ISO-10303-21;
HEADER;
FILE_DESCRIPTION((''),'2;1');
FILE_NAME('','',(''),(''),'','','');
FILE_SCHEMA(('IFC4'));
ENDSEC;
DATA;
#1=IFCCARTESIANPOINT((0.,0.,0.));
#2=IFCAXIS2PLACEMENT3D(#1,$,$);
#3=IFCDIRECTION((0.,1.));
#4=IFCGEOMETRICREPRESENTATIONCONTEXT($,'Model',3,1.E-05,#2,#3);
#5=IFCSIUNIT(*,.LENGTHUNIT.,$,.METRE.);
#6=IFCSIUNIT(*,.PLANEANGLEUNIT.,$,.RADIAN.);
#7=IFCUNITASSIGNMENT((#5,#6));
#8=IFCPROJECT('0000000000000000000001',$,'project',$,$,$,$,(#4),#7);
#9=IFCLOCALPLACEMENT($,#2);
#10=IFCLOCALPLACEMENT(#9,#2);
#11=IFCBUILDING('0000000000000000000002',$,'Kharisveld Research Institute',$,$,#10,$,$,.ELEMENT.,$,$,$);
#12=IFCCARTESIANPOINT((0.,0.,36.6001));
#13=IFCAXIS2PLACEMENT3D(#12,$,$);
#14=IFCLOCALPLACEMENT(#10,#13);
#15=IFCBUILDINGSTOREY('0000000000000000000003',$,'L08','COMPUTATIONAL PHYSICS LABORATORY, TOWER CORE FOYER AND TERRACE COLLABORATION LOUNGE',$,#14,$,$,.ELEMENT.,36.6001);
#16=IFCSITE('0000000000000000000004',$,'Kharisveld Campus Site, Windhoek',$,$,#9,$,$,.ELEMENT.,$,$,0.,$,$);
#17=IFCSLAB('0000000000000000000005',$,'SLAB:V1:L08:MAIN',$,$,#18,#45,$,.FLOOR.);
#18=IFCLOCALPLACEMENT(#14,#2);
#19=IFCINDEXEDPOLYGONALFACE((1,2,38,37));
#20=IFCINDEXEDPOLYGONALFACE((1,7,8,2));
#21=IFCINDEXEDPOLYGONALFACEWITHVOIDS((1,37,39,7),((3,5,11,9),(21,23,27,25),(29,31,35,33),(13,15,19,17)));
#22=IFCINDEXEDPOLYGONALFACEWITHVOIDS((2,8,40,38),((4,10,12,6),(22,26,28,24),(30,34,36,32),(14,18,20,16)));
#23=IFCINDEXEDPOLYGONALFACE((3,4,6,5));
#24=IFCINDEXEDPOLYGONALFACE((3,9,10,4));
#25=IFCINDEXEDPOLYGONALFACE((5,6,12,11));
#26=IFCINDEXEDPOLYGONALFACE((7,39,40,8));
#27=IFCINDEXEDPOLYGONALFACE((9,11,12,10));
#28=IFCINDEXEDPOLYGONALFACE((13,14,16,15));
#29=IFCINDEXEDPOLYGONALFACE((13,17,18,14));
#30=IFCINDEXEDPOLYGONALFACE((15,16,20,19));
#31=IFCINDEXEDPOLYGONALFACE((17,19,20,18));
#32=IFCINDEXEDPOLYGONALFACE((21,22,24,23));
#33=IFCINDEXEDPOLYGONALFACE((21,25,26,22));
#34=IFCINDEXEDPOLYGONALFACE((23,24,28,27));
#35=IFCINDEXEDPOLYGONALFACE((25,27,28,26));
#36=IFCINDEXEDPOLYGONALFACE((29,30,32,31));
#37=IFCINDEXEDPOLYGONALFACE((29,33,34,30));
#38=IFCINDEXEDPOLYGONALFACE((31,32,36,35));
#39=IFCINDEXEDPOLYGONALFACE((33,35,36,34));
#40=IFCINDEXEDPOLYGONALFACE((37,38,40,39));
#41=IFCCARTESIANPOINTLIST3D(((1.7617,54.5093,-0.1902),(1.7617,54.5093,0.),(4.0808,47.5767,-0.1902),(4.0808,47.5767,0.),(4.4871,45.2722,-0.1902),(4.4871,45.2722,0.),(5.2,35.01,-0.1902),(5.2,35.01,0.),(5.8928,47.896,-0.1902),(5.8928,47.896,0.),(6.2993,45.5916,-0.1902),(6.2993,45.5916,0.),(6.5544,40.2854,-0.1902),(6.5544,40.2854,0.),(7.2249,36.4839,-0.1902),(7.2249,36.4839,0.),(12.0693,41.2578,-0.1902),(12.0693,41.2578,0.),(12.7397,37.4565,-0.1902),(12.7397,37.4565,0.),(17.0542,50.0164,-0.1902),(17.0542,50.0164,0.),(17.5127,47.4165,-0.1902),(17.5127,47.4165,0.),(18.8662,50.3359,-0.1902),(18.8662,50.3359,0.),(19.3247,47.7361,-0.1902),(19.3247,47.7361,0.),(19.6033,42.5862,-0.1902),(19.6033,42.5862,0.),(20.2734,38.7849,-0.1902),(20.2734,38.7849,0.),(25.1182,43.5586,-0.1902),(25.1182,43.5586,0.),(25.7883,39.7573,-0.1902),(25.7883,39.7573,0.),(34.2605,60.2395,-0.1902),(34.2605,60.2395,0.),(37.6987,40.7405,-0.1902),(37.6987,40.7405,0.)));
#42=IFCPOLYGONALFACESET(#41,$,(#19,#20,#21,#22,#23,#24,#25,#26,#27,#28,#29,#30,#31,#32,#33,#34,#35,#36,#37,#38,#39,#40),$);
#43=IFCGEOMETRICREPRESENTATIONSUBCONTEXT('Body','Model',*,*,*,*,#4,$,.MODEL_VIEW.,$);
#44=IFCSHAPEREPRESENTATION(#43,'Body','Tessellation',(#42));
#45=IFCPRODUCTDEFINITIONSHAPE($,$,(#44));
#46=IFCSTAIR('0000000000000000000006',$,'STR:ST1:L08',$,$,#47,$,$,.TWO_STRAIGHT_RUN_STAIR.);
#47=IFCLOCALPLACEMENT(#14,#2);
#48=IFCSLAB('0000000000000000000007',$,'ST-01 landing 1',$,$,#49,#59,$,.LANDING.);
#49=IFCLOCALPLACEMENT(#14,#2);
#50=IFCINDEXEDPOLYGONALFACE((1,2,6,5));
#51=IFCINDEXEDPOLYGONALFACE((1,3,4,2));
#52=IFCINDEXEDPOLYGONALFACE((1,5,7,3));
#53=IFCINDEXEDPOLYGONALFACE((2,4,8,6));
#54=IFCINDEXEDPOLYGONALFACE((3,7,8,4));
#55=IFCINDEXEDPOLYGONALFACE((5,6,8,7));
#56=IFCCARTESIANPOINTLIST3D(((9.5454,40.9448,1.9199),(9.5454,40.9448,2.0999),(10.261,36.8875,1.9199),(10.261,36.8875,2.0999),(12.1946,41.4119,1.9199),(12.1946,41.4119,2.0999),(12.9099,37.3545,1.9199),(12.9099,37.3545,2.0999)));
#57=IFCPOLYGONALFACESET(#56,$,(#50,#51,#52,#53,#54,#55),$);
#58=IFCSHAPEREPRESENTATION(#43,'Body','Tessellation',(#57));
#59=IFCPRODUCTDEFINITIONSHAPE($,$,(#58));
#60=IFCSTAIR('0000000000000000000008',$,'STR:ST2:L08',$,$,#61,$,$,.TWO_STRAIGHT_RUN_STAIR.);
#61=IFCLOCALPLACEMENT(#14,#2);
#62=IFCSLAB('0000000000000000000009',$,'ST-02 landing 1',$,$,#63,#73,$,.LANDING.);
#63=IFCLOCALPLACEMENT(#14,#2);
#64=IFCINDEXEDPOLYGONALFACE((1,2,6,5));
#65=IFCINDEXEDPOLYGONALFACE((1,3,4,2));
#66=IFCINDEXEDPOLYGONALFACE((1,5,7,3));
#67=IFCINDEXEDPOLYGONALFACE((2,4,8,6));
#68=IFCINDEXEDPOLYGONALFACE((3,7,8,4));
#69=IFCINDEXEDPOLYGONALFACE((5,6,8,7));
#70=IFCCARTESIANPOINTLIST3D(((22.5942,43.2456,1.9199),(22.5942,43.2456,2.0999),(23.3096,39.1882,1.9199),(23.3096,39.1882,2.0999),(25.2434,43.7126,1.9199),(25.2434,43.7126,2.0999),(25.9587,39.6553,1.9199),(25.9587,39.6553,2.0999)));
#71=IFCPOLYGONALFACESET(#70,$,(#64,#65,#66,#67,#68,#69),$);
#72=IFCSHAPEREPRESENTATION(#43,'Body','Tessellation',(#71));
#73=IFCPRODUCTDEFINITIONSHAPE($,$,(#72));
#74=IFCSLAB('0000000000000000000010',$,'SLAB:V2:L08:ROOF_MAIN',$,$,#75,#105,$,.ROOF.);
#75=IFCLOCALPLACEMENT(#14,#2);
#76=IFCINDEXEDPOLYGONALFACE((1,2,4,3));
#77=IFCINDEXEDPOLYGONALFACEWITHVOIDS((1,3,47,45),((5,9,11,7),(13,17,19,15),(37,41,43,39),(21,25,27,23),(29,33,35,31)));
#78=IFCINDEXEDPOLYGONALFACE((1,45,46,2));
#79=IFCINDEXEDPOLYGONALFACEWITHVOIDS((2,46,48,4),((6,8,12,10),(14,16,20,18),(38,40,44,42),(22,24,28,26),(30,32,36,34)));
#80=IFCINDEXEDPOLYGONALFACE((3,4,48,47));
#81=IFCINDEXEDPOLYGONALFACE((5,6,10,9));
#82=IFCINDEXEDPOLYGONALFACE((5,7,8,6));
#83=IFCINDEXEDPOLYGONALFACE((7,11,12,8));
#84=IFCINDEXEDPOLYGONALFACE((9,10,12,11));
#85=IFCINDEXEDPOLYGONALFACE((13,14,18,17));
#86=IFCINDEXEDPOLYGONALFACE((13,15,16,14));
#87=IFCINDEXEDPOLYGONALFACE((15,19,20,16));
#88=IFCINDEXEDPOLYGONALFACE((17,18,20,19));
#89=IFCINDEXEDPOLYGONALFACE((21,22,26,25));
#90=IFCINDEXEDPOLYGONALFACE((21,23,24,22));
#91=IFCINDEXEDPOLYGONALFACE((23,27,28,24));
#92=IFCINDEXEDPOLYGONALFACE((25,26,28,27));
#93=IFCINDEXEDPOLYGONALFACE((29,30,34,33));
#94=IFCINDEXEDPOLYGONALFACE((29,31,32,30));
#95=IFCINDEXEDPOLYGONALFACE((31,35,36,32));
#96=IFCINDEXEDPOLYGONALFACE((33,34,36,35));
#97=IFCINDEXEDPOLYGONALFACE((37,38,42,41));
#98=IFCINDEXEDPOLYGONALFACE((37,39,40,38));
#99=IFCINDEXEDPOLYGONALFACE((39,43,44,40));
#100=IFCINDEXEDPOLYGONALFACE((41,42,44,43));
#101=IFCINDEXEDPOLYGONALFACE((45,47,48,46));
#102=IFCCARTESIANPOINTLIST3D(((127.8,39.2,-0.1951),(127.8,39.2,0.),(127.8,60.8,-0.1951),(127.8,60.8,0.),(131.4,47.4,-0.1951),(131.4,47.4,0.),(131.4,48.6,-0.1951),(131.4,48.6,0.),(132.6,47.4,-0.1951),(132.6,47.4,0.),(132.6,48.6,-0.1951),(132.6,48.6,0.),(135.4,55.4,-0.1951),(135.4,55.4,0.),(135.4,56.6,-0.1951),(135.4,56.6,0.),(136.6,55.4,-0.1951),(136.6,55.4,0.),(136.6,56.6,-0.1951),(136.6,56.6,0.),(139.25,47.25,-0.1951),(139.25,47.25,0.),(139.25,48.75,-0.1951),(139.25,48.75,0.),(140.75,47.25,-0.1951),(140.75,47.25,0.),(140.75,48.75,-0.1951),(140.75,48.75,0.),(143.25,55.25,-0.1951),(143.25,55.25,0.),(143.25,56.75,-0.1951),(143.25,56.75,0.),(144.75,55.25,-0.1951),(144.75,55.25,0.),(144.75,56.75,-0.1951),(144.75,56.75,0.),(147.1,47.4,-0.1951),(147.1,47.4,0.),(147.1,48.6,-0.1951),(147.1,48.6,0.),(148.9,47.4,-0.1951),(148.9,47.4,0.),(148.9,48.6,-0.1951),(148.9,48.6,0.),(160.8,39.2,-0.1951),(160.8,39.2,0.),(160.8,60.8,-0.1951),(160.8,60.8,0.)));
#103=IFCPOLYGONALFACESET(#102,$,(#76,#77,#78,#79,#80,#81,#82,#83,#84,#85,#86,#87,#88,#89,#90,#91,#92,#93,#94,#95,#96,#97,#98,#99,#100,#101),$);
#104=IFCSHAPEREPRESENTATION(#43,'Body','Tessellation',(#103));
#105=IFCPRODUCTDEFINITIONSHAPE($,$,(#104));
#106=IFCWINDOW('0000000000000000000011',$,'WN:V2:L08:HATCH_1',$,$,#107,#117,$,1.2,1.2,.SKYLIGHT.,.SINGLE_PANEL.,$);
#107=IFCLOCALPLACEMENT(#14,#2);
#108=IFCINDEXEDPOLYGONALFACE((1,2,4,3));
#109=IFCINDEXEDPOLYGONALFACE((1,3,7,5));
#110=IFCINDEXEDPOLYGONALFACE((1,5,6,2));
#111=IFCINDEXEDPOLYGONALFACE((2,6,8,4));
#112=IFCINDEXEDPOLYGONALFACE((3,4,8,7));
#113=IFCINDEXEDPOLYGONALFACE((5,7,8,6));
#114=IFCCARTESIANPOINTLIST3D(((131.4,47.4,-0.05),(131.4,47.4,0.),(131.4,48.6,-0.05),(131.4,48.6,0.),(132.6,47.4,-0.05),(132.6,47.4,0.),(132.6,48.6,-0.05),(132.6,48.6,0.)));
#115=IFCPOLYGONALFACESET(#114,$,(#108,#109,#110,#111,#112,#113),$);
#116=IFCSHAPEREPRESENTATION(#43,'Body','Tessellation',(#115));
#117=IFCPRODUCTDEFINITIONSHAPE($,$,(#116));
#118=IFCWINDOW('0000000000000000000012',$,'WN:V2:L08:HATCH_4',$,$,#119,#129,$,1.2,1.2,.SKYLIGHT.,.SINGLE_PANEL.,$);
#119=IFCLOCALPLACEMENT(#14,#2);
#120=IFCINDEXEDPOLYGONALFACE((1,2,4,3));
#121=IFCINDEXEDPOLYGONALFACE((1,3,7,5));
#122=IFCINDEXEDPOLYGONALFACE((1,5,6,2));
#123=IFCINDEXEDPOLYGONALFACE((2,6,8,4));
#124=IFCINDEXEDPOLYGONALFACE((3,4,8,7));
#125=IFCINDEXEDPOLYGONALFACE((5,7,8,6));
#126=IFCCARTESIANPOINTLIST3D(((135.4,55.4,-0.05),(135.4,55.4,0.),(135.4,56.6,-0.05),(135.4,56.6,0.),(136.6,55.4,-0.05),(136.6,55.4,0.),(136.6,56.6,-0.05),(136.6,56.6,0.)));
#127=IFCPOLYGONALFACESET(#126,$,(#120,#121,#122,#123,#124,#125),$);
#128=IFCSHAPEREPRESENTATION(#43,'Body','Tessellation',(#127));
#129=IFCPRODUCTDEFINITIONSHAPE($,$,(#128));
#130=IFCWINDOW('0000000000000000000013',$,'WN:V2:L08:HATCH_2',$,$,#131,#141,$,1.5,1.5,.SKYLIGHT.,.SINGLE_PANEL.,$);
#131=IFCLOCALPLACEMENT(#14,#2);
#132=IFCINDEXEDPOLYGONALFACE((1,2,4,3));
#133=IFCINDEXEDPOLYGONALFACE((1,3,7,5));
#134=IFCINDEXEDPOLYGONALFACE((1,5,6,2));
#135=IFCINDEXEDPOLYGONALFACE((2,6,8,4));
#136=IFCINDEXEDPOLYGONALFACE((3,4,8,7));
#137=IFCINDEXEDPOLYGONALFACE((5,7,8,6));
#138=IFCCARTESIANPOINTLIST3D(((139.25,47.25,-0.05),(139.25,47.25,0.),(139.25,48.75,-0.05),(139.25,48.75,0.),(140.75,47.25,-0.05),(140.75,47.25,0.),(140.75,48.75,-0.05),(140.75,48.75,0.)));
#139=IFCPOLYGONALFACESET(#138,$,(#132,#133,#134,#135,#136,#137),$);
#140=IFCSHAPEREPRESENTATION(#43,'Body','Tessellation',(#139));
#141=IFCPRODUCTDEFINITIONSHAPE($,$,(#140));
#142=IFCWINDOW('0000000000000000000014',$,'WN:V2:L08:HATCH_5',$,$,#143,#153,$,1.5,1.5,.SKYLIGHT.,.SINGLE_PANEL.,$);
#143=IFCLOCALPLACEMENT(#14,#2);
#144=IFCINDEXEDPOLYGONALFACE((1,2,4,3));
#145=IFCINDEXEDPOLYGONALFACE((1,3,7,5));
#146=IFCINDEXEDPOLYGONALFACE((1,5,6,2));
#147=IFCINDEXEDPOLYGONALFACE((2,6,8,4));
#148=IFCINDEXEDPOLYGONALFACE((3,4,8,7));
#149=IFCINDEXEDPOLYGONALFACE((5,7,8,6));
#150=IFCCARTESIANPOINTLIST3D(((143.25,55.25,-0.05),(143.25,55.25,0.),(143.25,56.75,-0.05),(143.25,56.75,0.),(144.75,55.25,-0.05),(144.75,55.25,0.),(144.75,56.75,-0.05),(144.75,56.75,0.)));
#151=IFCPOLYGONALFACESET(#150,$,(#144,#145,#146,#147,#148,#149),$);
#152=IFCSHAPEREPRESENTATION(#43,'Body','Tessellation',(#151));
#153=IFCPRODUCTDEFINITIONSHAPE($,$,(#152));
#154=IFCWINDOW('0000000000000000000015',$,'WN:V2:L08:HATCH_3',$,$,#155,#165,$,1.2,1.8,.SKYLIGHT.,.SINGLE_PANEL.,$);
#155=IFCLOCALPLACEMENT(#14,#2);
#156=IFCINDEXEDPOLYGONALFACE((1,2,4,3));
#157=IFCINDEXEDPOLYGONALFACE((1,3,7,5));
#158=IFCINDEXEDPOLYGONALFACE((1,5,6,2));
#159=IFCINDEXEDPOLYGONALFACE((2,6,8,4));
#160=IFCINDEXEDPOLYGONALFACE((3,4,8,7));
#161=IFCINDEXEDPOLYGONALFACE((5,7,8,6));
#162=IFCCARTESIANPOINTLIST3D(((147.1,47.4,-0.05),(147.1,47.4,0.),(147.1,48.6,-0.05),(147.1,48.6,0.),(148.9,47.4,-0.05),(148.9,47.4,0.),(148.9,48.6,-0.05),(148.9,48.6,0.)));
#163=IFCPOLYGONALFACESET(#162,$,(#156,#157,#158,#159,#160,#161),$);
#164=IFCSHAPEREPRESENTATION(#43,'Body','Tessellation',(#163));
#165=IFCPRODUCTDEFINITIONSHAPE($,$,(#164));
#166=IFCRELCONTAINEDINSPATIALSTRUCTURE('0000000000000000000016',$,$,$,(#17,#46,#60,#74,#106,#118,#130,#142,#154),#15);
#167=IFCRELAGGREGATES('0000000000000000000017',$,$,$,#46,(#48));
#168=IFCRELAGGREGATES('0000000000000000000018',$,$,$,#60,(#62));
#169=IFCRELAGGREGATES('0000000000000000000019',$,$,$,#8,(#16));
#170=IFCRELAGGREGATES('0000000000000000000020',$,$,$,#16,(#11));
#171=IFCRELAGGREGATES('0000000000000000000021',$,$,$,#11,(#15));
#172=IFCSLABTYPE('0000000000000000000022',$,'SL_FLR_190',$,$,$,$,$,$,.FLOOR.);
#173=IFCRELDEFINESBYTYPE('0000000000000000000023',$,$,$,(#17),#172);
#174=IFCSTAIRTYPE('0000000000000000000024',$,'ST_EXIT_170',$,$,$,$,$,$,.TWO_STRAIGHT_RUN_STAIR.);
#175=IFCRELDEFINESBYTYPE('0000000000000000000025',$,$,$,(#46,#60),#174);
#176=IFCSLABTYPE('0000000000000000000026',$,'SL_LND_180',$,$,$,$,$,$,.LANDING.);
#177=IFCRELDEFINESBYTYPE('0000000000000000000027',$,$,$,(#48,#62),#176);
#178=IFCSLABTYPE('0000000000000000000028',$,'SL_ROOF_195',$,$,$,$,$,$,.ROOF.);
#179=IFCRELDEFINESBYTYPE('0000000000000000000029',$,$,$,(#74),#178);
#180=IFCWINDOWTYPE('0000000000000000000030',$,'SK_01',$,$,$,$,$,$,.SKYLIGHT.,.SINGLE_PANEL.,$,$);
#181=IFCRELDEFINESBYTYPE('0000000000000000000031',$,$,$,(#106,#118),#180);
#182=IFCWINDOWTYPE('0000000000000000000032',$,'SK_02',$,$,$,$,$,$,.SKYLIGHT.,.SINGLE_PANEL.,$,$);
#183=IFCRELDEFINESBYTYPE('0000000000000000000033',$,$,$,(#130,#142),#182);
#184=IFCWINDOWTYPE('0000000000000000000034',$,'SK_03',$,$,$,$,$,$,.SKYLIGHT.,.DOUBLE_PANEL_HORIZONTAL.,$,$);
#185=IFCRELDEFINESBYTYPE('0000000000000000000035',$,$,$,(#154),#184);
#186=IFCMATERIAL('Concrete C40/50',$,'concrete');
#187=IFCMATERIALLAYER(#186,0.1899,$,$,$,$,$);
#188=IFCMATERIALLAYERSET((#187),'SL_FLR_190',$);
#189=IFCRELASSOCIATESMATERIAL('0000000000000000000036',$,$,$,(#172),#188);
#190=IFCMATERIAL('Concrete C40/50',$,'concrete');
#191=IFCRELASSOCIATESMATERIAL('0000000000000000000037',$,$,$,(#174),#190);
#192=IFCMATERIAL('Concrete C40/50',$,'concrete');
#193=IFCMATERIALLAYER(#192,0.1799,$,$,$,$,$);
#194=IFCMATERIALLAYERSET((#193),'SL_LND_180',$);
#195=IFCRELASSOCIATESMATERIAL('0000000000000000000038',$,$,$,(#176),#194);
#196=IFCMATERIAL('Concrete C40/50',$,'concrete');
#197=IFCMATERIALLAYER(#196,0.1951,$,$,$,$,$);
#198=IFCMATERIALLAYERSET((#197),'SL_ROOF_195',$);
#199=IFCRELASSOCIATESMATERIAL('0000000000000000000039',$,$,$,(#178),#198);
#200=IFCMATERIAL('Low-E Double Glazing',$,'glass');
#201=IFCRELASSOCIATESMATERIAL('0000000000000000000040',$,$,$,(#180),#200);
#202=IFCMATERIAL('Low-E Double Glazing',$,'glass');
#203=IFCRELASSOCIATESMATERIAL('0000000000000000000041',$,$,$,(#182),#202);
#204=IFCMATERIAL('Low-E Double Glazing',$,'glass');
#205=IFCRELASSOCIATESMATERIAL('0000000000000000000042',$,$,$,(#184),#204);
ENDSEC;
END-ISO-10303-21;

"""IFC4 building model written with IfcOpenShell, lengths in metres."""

from ifc_helpers import new_model, si_unit, direction, frame, origin, origin_2d, place, context, subcontext, project, spatial, polyline, rectangle, outline, extrude, material, layer, layer_set, type_object, element, fill, aggregate, save


model = new_model("IFC4")

# Units and contexts
model_context = context("Model", 3, precision=1e-05, world=origin(), true_north=direction((0.0, 1.0)))
body_context = subcontext(model_context, "Body", "Model", "MODEL_VIEW")
ifc_project = project(units=[si_unit("LENGTHUNIT", "METRE"), si_unit("PLANEANGLEUNIT", "RADIAN")], contexts=[model_context])

# Site, building, storey
site_placement = place(None, origin())
site = spatial("IfcSite", under=ifc_project, at=site_placement, Name="Kharisveld Campus Site, Windhoek", CompositionType="ELEMENT", RefElevation=0.0)
building_placement = place(site_placement, origin())
building = spatial("IfcBuilding", under=site, at=building_placement, Name="Kharisveld Research Institute", CompositionType="ELEMENT")
storey_placement = place(building_placement, frame((0.0, 0.0, 36.6001)))
storey = spatial("IfcBuildingStorey", under=building, at=storey_placement, Name="L08", Description="COMPUTATIONAL PHYSICS LABORATORY, TOWER CORE FOYER AND TERRACE COLLABORATION LOUNGE", CompositionType="ELEMENT", Elevation=36.6001)

# Slab
ifc_material_1 = material(Name="Concrete C40/50", Category="concrete")
ifc_layer_1 = layer(ifc_material_1, 0.1899)
ifc_layer_set_1 = layer_set([ifc_layer_1], Name="SL_FLR_190")
slab_type_1 = type_object("IfcSlabType", Name="SL_FLR_190", PredefinedType="FLOOR", material=ifc_layer_set_1)
slab_1_placement = place(storey_placement, frame((0.0, 0.0, -0.1902)))
element("IfcSlab", 1, at=slab_1_placement, inside=storey, type_object=slab_type_1, Name="SLAB:V1:L08:MAIN", PredefinedType="FLOOR", context=body_context, shape_type="SweptSolid", body=[
    extrude(outline(polyline([(5.2, 35.01), (37.6987, 40.7405), (34.2605, 60.2395), (1.7617, 54.5093), (5.2, 35.01)]), holes=[polyline([(12.7397, 37.4565), (7.2249, 36.4839), (6.5544, 40.2854), (12.0693, 41.2578), (12.7397, 37.4565)]), polyline([(25.7883, 39.7573), (20.2734, 38.7849), (19.6033, 42.5862), (25.1182, 43.5586), (25.7883, 39.7573)]), polyline([(6.2993, 45.5916), (4.4871, 45.2722), (4.0808, 47.5767), (5.8928, 47.896), (6.2993, 45.5916)]), polyline([(19.3247, 47.7361), (17.5127, 47.4165), (17.0542, 50.0164), (18.8662, 50.3359), (19.3247, 47.7361)])]), origin(), (0.0, 0.0, 1.0), 0.1902),
])

# Stairs, slabs
ifc_material_2 = material(Name="Concrete C40/50", Category="concrete")
stair_type = type_object("IfcStairType", Name="ST_EXIT_170", PredefinedType="TWO_STRAIGHT_RUN_STAIR", material=ifc_material_2)
stair_1_placement = place(storey_placement, origin())
stair_1 = element("IfcStair", 2, at=stair_1_placement, inside=storey, type_object=stair_type, Name="STR:ST1:L08", PredefinedType="TWO_STRAIGHT_RUN_STAIR")
ifc_material_3 = material(Name="Concrete C40/50", Category="concrete")
ifc_layer_2 = layer(ifc_material_3, 0.1799)
ifc_layer_set_2 = layer_set([ifc_layer_2], Name="SL_LND_180")
slab_type_2 = type_object("IfcSlabType", Name="SL_LND_180", PredefinedType="LANDING", material=ifc_layer_set_2)
slab_2_placement = place(storey_placement, frame((0.0, 0.0, 1.9199)))
slab_2 = element("IfcSlab", 3, at=slab_2_placement, type_object=slab_type_2, Name="ST-01 landing 1", PredefinedType="LANDING", context=body_context, shape_type="SweptSolid", body=[
    extrude(outline(polyline([(10.261, 36.8875), (12.9099, 37.3545), (12.1946, 41.4119), (9.5454, 40.9448), (10.261, 36.8875)])), origin(), (0.0, 0.0, 1.0), 0.1799),
])
aggregate(stair_1, [slab_2])
stair_2_placement = place(storey_placement, origin())
stair_2 = element("IfcStair", 4, at=stair_2_placement, inside=storey, type_object=stair_type, Name="STR:ST2:L08", PredefinedType="TWO_STRAIGHT_RUN_STAIR")
slab_3_placement = place(storey_placement, frame((0.0, 0.0, 1.9199)))
slab_3 = element("IfcSlab", 5, at=slab_3_placement, type_object=slab_type_2, Name="ST-02 landing 1", PredefinedType="LANDING", context=body_context, shape_type="SweptSolid", body=[
    extrude(outline(polyline([(23.3096, 39.1882), (25.9587, 39.6553), (25.2434, 43.7126), (22.5942, 43.2456), (23.3096, 39.1882)])), origin(), (0.0, 0.0, 1.0), 0.1799),
])
aggregate(stair_2, [slab_3])

# Slab, openings, windows
ifc_material_4 = material(Name="Concrete C40/50", Category="concrete")
ifc_layer_3 = layer(ifc_material_4, 0.1951)
ifc_layer_set_3 = layer_set([ifc_layer_3], Name="SL_ROOF_195")
slab_type_3 = type_object("IfcSlabType", Name="SL_ROOF_195", PredefinedType="ROOF", material=ifc_layer_set_3)
slab_4_placement = place(storey_placement, frame((0.0, 0.0, -0.1951)))
slab_4 = element("IfcSlab", 6, at=slab_4_placement, inside=storey, type_object=slab_type_3, Name="SLAB:V2:L08:ROOF_MAIN", PredefinedType="ROOF", context=body_context, shape_type="SweptSolid", body=[
    extrude(outline(polyline([(127.8, 39.2), (160.8, 39.2), (160.8, 60.8), (127.8, 60.8), (127.8, 39.2)])), origin(), (0.0, 0.0, 1.0), 0.1951),
])
opening_1_placement = place(slab_4_placement, frame((132.0, 48.0, 0.0)))
opening_1 = element("IfcOpeningElement", 7, at=opening_1_placement, cuts=slab_4, PredefinedType="OPENING", context=body_context, shape_type="SweptSolid", body=[
    extrude(rectangle(XDim=1.2, YDim=1.2, at=origin_2d()), origin(), (0.0, 0.0, 1.0), 0.1951),
])
opening_2_placement = place(slab_4_placement, frame((140.0, 48.0, 0.0)))
opening_2 = element("IfcOpeningElement", 8, at=opening_2_placement, cuts=slab_4, PredefinedType="OPENING", context=body_context, shape_type="SweptSolid", body=[
    extrude(rectangle(XDim=1.5, YDim=1.5, at=origin_2d()), origin(), (0.0, 0.0, 1.0), 0.1951),
])
opening_3_placement = place(slab_4_placement, frame((148.0, 48.0, 0.0)))
opening_3 = element("IfcOpeningElement", 9, at=opening_3_placement, cuts=slab_4, PredefinedType="OPENING", context=body_context, shape_type="SweptSolid", body=[
    extrude(rectangle(XDim=1.8, YDim=1.2, at=origin_2d()), origin(), (0.0, 0.0, 1.0), 0.1951),
])
opening_4_placement = place(slab_4_placement, frame((136.0, 56.0, 0.0)))
opening_4 = element("IfcOpeningElement", 10, at=opening_4_placement, cuts=slab_4, PredefinedType="OPENING", context=body_context, shape_type="SweptSolid", body=[
    extrude(rectangle(XDim=1.2, YDim=1.2, at=origin_2d()), origin(), (0.0, 0.0, 1.0), 0.1951),
])
opening_5_placement = place(slab_4_placement, frame((144.0, 56.0, 0.0)))
opening_5 = element("IfcOpeningElement", 11, at=opening_5_placement, cuts=slab_4, PredefinedType="OPENING", context=body_context, shape_type="SweptSolid", body=[
    extrude(rectangle(XDim=1.5, YDim=1.5, at=origin_2d()), origin(), (0.0, 0.0, 1.0), 0.1951),
])
ifc_material_5 = material(Name="Low-E Double Glazing", Category="glass")
window_type_1 = type_object("IfcWindowType", Name="SK_01", PartitioningType="SINGLE_PANEL", PredefinedType="SKYLIGHT", material=ifc_material_5)
window_1_placement = place(opening_1_placement, frame((0.0, 0.0, 0.145)))
window_1 = element("IfcWindow", 12, at=window_1_placement, inside=storey, type_object=window_type_1, Name="WN:V2:L08:HATCH_1", OverallHeight=1.2, OverallWidth=1.2, PartitioningType="SINGLE_PANEL", PredefinedType="SKYLIGHT", context=body_context, shape_type="SweptSolid", body=[
    extrude(rectangle(XDim=1.2, YDim=1.2, at=origin_2d()), origin(), (0.0, 0.0, 1.0), 0.05),
])
fill(opening_1, window_1)
window_2_placement = place(opening_4_placement, frame((0.0, 0.0, 0.145)))
window_2 = element("IfcWindow", 13, at=window_2_placement, inside=storey, type_object=window_type_1, Name="WN:V2:L08:HATCH_4", OverallHeight=1.2, OverallWidth=1.2, PartitioningType="SINGLE_PANEL", PredefinedType="SKYLIGHT", context=body_context, shape_type="SweptSolid", body=[
    extrude(rectangle(XDim=1.2, YDim=1.2, at=origin_2d()), origin(), (0.0, 0.0, 1.0), 0.05),
])
fill(opening_4, window_2)
ifc_material_6 = material(Name="Low-E Double Glazing", Category="glass")
window_type_2 = type_object("IfcWindowType", Name="SK_02", PartitioningType="SINGLE_PANEL", PredefinedType="SKYLIGHT", material=ifc_material_6)
window_3_placement = place(opening_2_placement, frame((0.0, 0.0, 0.145)))
window_3 = element("IfcWindow", 14, at=window_3_placement, inside=storey, type_object=window_type_2, Name="WN:V2:L08:HATCH_2", OverallHeight=1.5, OverallWidth=1.5, PartitioningType="SINGLE_PANEL", PredefinedType="SKYLIGHT", context=body_context, shape_type="SweptSolid", body=[
    extrude(rectangle(XDim=1.5, YDim=1.5, at=origin_2d()), origin(), (0.0, 0.0, 1.0), 0.05),
])
fill(opening_2, window_3)
window_4_placement = place(opening_5_placement, frame((0.0, 0.0, 0.145)))
window_4 = element("IfcWindow", 15, at=window_4_placement, inside=storey, type_object=window_type_2, Name="WN:V2:L08:HATCH_5", OverallHeight=1.5, OverallWidth=1.5, PartitioningType="SINGLE_PANEL", PredefinedType="SKYLIGHT", context=body_context, shape_type="SweptSolid", body=[
    extrude(rectangle(XDim=1.5, YDim=1.5, at=origin_2d()), origin(), (0.0, 0.0, 1.0), 0.05),
])
fill(opening_5, window_4)
ifc_material_7 = material(Name="Low-E Double Glazing", Category="glass")
window_type_3 = type_object("IfcWindowType", Name="SK_03", PartitioningType="DOUBLE_PANEL_HORIZONTAL", PredefinedType="SKYLIGHT", material=ifc_material_7)
window_5_placement = place(opening_3_placement, frame((0.0, 0.0, 0.145)))
window_5 = element("IfcWindow", 16, at=window_5_placement, inside=storey, type_object=window_type_3, Name="WN:V2:L08:HATCH_3", OverallHeight=1.2, OverallWidth=1.8, PartitioningType="SINGLE_PANEL", PredefinedType="SKYLIGHT", context=body_context, shape_type="SweptSolid", body=[
    extrude(rectangle(XDim=1.8, YDim=1.2, at=origin_2d()), origin(), (0.0, 0.0, 1.0), 0.05),
])
fill(opening_3, window_5)

save(model, "model.ifc")
